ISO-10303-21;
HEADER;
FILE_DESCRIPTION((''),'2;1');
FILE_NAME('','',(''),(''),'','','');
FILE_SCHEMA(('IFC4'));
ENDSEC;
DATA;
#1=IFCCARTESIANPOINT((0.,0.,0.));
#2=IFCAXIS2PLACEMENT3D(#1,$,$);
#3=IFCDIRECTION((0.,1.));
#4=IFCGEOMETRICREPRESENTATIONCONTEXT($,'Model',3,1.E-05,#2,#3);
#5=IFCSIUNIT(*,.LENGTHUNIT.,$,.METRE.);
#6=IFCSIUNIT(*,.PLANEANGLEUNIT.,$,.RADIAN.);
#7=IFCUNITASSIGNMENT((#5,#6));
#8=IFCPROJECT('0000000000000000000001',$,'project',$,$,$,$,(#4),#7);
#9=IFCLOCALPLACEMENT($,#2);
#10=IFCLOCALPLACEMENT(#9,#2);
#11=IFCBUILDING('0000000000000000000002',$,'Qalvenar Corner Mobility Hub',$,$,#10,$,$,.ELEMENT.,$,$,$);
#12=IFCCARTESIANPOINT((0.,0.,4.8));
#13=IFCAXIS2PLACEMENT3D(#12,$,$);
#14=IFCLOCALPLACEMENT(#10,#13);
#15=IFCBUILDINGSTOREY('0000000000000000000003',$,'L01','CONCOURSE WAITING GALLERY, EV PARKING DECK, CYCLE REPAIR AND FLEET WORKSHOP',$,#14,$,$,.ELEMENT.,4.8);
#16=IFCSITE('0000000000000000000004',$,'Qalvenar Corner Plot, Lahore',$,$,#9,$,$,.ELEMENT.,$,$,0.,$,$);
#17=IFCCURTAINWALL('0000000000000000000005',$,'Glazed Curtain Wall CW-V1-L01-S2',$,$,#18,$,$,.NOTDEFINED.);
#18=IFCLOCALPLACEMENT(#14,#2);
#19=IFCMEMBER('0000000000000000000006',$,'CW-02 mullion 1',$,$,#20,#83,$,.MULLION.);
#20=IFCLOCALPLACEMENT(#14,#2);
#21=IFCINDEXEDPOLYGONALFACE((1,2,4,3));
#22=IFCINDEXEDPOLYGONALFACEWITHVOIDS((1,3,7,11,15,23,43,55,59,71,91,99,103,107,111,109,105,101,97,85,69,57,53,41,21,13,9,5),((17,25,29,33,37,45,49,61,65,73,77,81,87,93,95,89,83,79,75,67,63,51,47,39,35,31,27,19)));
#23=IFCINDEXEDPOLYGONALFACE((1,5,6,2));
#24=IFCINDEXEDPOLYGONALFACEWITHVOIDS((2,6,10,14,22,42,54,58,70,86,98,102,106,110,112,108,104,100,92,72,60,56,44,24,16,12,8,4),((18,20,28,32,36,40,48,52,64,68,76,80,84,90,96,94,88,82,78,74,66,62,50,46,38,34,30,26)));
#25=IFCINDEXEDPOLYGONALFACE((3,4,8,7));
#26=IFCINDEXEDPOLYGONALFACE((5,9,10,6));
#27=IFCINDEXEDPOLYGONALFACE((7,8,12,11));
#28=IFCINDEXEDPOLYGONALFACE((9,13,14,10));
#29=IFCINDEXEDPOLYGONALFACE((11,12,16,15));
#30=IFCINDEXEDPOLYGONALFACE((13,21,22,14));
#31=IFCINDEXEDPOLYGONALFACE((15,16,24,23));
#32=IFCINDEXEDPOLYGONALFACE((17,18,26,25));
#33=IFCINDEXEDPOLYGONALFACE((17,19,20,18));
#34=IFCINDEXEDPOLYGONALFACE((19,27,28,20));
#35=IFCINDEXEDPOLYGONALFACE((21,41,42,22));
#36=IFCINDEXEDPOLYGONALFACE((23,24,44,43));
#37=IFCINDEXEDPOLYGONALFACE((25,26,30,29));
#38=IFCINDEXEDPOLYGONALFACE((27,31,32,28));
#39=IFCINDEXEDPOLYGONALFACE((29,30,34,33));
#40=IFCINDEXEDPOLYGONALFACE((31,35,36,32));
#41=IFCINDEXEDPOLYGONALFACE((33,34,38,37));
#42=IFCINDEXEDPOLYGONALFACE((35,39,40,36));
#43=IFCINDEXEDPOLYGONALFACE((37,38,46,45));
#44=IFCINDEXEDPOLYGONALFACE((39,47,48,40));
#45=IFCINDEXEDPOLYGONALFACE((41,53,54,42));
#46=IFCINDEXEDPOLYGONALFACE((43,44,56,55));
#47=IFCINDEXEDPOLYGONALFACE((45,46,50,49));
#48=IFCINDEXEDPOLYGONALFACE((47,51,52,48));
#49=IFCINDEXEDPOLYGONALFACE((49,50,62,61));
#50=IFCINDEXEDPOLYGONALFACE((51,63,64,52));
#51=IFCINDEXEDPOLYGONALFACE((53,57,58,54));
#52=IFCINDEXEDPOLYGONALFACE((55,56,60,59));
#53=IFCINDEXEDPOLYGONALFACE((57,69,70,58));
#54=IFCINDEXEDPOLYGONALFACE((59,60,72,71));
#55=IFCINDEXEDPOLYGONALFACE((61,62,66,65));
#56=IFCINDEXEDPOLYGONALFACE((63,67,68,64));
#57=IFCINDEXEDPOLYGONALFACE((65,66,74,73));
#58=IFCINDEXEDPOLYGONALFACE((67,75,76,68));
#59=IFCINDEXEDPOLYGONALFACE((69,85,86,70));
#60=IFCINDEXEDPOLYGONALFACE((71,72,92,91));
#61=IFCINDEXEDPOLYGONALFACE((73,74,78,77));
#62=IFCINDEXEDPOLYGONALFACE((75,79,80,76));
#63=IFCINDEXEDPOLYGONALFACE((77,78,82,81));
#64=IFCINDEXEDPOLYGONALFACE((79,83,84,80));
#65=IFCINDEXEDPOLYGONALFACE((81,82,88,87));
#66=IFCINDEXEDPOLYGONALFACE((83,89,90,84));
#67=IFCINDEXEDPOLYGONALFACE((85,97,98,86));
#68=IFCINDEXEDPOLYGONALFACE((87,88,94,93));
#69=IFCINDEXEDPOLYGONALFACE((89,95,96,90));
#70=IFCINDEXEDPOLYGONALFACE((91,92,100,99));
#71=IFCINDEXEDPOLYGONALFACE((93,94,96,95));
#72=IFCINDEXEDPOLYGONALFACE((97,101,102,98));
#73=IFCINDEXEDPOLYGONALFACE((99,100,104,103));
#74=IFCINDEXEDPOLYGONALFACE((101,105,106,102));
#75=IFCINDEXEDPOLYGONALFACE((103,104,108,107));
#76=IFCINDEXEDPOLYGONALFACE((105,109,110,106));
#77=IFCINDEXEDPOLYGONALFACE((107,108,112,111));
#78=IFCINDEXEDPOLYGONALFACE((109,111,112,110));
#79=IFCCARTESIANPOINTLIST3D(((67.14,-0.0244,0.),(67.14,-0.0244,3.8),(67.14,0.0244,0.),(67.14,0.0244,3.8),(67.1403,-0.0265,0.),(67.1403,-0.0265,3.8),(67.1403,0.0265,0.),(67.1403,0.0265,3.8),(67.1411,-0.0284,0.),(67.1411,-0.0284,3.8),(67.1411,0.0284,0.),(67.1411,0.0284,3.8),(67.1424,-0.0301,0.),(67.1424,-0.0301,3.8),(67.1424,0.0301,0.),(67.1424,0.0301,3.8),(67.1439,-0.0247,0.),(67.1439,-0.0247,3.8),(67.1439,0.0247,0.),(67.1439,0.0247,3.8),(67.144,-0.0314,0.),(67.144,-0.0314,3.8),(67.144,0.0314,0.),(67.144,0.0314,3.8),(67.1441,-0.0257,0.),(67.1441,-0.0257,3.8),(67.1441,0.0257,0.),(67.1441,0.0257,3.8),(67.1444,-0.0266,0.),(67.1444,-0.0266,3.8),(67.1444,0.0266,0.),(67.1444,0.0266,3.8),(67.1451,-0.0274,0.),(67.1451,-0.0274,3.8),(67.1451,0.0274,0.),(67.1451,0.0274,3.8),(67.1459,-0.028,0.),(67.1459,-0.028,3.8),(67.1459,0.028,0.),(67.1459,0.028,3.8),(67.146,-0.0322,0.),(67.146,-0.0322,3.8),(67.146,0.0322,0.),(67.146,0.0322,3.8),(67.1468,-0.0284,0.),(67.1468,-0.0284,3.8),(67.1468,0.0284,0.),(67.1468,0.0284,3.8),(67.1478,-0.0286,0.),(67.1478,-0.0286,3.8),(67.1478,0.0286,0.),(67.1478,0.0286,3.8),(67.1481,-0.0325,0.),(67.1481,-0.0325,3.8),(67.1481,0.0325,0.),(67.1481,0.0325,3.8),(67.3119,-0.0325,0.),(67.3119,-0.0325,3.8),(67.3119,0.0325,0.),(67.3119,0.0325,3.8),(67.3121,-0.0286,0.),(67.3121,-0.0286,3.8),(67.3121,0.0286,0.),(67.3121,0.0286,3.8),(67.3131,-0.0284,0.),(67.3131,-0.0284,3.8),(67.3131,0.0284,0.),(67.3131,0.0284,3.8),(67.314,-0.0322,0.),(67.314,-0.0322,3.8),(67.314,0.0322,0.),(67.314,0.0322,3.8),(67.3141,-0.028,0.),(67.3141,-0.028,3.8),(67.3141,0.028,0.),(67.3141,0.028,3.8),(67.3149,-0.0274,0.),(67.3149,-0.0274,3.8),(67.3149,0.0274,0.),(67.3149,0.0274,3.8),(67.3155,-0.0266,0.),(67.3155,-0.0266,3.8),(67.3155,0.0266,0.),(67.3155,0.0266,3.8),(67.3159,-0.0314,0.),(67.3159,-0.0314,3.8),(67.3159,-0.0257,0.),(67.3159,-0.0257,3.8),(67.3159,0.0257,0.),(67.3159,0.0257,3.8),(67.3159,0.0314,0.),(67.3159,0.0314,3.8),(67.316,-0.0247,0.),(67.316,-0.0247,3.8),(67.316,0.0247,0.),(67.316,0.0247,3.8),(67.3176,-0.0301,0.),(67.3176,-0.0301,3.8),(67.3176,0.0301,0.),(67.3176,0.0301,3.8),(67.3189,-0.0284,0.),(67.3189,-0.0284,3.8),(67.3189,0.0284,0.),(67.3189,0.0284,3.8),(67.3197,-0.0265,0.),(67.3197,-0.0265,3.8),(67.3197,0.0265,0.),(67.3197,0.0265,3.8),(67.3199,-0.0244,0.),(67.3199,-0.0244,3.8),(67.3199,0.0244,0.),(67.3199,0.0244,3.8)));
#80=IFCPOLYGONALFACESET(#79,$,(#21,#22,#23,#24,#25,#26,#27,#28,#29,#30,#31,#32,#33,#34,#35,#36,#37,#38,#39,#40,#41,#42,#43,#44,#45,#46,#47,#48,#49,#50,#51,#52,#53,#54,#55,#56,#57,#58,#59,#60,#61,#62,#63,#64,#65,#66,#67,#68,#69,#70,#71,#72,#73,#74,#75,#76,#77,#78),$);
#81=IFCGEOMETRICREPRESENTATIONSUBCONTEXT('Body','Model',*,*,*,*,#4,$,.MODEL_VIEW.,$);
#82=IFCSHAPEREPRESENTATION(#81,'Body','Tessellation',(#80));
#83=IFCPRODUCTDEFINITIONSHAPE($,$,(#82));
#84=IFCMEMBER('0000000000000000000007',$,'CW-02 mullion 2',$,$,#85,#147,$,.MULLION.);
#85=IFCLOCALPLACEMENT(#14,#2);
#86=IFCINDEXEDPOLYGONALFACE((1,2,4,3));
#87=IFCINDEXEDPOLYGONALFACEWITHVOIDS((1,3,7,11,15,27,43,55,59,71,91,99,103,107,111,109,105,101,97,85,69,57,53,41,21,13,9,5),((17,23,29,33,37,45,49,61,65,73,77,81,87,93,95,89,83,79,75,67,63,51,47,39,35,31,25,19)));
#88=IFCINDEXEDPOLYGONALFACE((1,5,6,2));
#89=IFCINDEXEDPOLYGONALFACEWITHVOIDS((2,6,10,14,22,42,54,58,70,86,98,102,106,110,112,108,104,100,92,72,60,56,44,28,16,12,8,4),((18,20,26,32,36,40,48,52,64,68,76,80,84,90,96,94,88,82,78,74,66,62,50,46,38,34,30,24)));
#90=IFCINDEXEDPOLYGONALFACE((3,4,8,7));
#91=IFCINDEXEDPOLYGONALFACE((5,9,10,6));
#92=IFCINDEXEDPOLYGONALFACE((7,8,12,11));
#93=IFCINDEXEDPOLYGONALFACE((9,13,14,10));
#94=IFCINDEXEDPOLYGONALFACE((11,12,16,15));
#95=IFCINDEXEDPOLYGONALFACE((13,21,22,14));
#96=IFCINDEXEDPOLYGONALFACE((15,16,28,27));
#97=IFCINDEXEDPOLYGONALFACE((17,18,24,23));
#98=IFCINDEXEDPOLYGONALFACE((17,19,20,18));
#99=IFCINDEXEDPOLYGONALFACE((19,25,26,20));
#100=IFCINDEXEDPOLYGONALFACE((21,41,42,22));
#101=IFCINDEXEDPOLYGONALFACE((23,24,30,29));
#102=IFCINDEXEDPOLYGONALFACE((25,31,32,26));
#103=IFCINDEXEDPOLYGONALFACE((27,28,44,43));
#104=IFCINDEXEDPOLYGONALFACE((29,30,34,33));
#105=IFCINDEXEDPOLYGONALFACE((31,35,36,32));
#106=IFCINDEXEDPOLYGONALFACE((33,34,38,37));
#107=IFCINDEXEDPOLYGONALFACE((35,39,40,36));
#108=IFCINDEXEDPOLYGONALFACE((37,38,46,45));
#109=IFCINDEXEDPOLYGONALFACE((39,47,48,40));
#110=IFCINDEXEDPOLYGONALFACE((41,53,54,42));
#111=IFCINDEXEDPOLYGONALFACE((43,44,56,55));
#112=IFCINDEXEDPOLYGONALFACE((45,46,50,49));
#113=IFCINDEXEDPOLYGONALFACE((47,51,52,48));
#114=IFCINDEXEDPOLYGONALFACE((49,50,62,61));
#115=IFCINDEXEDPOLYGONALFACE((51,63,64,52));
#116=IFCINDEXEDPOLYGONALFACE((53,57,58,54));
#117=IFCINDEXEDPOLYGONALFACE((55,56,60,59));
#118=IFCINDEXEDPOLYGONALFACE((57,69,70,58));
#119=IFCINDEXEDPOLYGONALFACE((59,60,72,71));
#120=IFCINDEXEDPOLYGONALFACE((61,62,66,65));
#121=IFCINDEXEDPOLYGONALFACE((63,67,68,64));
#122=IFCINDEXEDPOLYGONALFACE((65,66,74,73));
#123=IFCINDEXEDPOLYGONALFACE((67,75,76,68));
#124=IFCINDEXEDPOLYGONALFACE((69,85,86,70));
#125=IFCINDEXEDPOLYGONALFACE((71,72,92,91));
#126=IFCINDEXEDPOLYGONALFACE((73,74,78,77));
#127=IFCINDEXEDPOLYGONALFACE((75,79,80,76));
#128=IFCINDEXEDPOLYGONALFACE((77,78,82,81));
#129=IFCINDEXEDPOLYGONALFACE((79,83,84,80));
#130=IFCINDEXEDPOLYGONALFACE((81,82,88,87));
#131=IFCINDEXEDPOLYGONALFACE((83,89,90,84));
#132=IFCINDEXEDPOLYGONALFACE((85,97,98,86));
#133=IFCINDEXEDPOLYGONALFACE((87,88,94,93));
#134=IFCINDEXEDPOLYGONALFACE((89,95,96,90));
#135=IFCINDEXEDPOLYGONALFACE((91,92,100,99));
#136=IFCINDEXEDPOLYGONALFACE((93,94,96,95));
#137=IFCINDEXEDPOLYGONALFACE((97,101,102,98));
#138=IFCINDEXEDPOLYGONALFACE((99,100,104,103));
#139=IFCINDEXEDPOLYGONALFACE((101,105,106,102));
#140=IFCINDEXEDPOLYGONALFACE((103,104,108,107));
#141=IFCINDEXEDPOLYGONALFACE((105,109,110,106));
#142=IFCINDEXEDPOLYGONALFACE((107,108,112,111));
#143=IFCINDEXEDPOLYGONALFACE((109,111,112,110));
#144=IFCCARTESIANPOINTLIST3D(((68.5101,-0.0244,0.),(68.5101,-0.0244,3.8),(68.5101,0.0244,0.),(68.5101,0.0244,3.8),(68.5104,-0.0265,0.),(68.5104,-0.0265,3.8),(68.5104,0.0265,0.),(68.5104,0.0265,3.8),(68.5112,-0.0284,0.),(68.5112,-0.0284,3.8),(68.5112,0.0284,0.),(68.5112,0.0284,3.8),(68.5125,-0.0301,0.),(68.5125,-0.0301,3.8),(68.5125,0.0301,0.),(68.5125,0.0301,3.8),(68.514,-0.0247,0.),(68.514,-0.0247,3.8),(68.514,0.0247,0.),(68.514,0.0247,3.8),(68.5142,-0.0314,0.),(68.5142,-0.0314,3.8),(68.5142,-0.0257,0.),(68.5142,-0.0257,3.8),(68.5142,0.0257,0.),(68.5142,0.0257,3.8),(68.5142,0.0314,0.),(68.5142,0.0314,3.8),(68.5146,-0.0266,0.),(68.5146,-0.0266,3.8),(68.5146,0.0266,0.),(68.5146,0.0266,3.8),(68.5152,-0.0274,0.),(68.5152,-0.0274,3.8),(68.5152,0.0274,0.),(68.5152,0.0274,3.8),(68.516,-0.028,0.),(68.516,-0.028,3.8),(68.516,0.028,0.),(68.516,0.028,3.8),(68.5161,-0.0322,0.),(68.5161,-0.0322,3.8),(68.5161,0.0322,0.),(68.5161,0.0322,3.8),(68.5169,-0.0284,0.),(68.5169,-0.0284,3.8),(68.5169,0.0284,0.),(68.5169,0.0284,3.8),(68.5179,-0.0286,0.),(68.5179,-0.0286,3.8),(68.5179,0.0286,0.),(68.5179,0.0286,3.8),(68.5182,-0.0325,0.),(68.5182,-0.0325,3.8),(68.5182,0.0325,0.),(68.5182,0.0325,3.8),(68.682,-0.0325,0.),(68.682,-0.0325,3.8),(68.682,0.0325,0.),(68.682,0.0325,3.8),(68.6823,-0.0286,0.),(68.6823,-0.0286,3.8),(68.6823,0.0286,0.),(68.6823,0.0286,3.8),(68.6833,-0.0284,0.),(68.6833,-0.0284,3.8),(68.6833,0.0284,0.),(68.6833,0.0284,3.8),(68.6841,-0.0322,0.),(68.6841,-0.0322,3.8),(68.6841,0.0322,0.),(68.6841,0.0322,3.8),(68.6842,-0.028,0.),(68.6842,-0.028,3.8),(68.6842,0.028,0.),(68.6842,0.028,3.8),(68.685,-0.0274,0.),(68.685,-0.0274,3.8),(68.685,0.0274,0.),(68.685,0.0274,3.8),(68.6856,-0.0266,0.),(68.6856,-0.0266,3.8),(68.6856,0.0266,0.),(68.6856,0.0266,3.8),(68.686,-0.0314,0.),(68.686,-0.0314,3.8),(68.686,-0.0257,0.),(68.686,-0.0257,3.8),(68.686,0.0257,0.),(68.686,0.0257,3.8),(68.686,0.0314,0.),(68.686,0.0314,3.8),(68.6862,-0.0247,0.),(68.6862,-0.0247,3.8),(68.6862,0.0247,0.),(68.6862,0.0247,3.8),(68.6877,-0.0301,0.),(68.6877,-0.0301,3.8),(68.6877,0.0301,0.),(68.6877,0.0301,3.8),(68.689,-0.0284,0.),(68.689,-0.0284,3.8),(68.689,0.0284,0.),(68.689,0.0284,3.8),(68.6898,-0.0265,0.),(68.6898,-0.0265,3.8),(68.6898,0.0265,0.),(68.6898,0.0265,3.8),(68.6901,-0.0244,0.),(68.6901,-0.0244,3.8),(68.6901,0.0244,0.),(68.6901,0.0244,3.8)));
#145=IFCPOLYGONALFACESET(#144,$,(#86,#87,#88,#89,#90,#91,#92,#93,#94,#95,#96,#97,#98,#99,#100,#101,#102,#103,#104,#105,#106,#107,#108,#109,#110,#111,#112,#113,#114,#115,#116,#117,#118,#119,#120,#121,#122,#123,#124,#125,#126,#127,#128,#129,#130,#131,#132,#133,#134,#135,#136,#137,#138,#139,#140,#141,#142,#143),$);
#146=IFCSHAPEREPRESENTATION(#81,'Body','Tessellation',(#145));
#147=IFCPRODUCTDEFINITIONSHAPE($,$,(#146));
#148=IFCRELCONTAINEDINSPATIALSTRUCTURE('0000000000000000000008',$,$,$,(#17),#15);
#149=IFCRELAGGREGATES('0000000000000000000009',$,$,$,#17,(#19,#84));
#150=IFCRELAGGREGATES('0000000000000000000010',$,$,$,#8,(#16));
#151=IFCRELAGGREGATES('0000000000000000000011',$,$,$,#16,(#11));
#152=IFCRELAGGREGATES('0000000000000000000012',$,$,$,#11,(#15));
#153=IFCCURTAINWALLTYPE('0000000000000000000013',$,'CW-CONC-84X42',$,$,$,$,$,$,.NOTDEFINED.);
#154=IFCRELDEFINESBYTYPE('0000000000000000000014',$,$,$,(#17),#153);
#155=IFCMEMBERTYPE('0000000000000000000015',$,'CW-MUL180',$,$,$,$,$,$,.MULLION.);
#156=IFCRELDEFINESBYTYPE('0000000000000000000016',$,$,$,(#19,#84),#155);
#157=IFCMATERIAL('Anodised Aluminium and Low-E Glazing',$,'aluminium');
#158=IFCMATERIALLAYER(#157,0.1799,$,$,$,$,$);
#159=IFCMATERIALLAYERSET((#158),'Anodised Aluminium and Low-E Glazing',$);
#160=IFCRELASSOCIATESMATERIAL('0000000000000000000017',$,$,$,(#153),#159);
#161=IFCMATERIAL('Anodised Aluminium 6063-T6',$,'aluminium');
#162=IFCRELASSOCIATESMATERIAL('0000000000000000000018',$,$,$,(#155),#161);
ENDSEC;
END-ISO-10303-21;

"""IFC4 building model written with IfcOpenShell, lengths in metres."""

from ifc_helpers import new_model, si_unit, direction, frame, origin, origin_2d, place, context, subcontext, project, spatial, hollow_rectangle, extrude, material, layer, layer_set, material_profile, profile_set, type_object, element, aggregate, save


model = new_model("IFC4")

# Units and contexts
model_context = context("Model", 3, precision=1e-05, world=origin(), true_north=direction((0.0, 1.0)))
body_context = subcontext(model_context, "Body", "Model", "MODEL_VIEW")
ifc_project = project(units=[si_unit("LENGTHUNIT", "METRE"), si_unit("PLANEANGLEUNIT", "RADIAN")], contexts=[model_context])

# Site, building, storey
site_placement = place(None, origin())
site = spatial("IfcSite", under=ifc_project, at=site_placement, Name="Qalvenar Corner Plot, Lahore", CompositionType="ELEMENT", RefElevation=0.0)
building_placement = place(site_placement, origin())
building = spatial("IfcBuilding", under=site, at=building_placement, Name="Qalvenar Corner Mobility Hub", CompositionType="ELEMENT")
storey_placement = place(building_placement, frame((0.0, 0.0, 4.8)))
storey = spatial("IfcBuildingStorey", under=building, at=storey_placement, Name="L01", Description="CONCOURSE WAITING GALLERY, EV PARKING DECK, CYCLE REPAIR AND FLEET WORKSHOP", CompositionType="ELEMENT", Elevation=4.8)

# Curtain wall, members
ifc_material_1 = material(Name="Anodised Aluminium and Low-E Glazing", Category="aluminium")
ifc_layer_1 = layer(ifc_material_1, 0.1799)
ifc_layer_set_1 = layer_set([ifc_layer_1], Name="Anodised Aluminium and Low-E Glazing")
curtain_wall_type = type_object("IfcCurtainWallType", Name="CW-CONC-84X42", PredefinedType="NOTDEFINED", material=ifc_layer_set_1)
ifc_material_2 = material(Name="Anodised Aluminium 6063-T6", Category="aluminium")
ifc_material_profile_1 = material_profile(ifc_material_2, hollow_rectangle(XDim=0.0649, YDim=0.1799, WallThickness=0.0039, InnerFilletRadius=0.0039, OuterFilletRadius=0.0081, at=origin_2d()), Name="RHS180x65x4")
ifc_profile_set_1 = profile_set([ifc_material_profile_1], Name="Anodised Aluminium 6063-T6")
member_type_1 = type_object("IfcMemberType", Name="CW-MUL180", PredefinedType="MULLION", material=ifc_profile_set_1)
curtain_wall_1_placement = place(storey_placement, origin())
curtain_wall_1 = element("IfcCurtainWall", 1, at=curtain_wall_1_placement, inside=storey, type_object=curtain_wall_type, Name="Glazed Curtain Wall CW-V1-L01-S2", PredefinedType="NOTDEFINED")
member_1_placement = place(storey_placement, frame((67.23, 0.0, 0.0), z_axis=(0.0, 0.0, 1.0), x_axis=(0.0, 1.0, 0.0)))
member_1 = element("IfcMember", 2, at=member_1_placement, type_object=member_type_1, Name="CW-02 mullion 1", PredefinedType="MULLION", context=body_context, shape_type="SweptSolid", body=[
    extrude(hollow_rectangle(XDim=0.0649, YDim=0.1799, WallThickness=0.0039, InnerFilletRadius=0.0039, OuterFilletRadius=0.0081, at=origin_2d()), origin(), (0.0, 0.0, 1.0), 3.8),
])
member_2_placement = place(storey_placement, frame((68.6001, 0.0, 0.0), z_axis=(0.0, 0.0, 1.0), x_axis=(0.0, 1.0, 0.0)))
member_2 = element("IfcMember", 3, at=member_2_placement, type_object=member_type_1, Name="CW-02 mullion 2", PredefinedType="MULLION", context=body_context, shape_type="SweptSolid", body=[
    extrude(hollow_rectangle(XDim=0.0649, YDim=0.1799, WallThickness=0.0039, InnerFilletRadius=0.0039, OuterFilletRadius=0.0081, at=origin_2d()), origin(), (0.0, 0.0, 1.0), 3.8),
])

aggregate(curtain_wall_1, [member_1, member_2])

save(model, "model.ifc")
